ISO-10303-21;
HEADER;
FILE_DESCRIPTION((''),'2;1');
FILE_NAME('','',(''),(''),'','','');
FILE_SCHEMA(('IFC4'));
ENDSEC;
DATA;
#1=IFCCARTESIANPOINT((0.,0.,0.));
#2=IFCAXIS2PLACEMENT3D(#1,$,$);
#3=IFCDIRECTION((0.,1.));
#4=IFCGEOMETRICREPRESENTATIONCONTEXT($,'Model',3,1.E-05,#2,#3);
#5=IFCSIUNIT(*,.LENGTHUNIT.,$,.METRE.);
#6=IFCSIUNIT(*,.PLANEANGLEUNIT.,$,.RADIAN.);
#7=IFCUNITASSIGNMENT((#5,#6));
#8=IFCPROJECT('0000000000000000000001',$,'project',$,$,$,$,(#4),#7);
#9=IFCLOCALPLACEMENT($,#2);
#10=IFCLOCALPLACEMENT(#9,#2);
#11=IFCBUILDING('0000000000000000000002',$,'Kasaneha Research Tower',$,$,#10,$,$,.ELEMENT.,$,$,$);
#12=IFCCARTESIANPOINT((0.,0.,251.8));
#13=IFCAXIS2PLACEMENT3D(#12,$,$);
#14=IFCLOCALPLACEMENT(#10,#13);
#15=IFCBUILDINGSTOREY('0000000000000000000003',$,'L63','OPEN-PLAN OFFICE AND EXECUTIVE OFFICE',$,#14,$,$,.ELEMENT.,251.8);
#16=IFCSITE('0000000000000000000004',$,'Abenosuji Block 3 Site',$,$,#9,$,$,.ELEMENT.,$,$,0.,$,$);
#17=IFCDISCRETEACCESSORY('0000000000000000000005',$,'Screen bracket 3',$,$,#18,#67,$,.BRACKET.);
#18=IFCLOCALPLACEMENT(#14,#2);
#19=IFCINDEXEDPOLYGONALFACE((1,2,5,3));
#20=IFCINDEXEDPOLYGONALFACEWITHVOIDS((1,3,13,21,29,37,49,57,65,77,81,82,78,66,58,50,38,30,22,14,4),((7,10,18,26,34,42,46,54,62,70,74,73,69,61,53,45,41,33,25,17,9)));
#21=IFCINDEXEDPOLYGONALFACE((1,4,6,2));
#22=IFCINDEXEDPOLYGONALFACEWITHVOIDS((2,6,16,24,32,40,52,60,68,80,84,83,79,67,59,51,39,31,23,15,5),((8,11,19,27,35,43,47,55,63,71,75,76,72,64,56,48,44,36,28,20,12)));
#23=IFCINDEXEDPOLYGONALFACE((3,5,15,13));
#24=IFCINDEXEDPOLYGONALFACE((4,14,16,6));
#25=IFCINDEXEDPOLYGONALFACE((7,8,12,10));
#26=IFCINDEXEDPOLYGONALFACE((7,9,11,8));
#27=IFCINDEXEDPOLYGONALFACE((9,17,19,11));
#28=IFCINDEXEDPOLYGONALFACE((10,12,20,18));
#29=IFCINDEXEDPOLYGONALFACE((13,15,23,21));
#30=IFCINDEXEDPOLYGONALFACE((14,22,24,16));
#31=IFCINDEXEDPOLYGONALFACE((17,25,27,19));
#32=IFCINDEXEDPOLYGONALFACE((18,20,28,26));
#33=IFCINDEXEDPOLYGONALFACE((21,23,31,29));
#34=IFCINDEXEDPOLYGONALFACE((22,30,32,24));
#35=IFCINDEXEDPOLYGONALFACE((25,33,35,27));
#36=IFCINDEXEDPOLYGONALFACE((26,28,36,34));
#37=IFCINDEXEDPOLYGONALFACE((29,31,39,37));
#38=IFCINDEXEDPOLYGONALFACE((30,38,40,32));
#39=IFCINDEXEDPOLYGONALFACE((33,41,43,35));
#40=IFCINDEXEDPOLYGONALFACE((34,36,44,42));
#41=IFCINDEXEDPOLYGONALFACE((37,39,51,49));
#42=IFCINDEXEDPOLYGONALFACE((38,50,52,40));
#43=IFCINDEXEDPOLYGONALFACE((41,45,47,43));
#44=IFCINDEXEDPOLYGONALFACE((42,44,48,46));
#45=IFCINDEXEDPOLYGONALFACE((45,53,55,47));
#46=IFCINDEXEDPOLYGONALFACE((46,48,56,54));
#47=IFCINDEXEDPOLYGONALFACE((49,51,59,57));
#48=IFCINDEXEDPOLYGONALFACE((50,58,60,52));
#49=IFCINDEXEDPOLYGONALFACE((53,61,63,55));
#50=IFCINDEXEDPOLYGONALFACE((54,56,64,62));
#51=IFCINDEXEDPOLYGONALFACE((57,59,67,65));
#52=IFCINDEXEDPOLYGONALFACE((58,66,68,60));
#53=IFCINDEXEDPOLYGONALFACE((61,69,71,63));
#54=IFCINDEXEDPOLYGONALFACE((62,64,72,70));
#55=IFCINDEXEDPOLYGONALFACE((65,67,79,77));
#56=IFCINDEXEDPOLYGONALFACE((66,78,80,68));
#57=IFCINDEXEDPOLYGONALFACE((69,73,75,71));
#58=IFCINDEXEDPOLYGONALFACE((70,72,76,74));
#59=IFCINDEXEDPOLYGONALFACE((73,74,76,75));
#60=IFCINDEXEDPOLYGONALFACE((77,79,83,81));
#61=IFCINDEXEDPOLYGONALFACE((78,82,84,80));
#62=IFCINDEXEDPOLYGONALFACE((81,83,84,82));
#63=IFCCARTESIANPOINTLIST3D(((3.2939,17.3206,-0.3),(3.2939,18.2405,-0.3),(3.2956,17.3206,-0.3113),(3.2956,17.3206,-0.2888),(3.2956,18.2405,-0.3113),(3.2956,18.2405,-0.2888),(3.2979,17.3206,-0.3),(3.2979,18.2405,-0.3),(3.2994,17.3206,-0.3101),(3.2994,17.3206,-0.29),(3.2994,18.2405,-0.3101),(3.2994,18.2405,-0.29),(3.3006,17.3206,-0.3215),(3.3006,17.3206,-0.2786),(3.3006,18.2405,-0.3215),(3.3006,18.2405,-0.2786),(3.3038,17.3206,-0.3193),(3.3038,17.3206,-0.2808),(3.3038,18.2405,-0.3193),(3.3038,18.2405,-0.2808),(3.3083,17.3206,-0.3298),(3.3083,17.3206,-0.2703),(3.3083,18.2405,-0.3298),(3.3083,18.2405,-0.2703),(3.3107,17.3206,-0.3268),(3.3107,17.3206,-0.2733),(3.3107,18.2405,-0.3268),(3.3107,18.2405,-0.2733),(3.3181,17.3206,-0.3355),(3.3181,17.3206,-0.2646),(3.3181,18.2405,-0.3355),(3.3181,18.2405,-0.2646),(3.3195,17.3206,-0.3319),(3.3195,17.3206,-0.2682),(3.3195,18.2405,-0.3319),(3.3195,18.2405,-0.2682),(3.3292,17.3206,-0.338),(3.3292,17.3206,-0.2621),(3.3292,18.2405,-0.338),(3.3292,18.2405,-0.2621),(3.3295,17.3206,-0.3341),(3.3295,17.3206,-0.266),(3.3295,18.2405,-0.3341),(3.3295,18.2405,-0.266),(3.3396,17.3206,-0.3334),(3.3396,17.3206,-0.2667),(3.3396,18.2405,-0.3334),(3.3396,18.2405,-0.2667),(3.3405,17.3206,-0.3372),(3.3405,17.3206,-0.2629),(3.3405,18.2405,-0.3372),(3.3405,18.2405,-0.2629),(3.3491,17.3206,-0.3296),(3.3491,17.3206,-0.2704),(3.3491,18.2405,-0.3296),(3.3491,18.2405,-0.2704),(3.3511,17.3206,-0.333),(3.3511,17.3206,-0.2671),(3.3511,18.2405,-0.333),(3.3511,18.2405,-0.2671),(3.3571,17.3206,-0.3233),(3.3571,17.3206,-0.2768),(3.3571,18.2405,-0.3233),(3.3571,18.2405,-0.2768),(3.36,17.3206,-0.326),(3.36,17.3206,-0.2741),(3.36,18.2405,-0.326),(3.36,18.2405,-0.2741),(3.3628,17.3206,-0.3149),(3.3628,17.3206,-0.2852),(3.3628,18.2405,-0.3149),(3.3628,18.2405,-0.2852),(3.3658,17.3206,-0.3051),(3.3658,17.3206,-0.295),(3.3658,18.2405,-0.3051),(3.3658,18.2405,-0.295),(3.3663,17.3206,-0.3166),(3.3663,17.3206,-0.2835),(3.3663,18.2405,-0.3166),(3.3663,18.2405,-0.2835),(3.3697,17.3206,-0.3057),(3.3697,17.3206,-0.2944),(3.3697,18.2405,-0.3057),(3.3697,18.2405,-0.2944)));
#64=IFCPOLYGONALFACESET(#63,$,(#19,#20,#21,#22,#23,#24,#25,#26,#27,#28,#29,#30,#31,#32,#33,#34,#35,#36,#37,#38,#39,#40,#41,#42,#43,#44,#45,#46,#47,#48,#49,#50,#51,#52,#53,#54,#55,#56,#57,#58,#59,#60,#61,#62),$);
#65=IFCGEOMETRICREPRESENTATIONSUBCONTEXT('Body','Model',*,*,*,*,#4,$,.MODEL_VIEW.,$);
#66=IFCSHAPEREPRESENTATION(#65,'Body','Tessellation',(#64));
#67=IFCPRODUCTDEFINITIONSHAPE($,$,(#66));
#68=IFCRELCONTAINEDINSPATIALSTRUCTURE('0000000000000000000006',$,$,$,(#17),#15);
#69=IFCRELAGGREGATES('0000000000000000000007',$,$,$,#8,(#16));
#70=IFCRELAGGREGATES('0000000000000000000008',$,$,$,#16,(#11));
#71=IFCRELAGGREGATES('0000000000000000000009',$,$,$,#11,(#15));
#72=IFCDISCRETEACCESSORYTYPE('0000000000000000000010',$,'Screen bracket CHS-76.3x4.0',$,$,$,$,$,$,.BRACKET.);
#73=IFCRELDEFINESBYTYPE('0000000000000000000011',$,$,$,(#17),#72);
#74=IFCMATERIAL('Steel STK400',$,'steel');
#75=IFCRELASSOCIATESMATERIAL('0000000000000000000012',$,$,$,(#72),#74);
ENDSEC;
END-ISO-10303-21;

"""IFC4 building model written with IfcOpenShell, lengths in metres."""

from ifc_helpers import new_model, si_unit, direction, frame, origin, origin_2d, place, context, subcontext, project, spatial, hollow_circle, extrude, material, material_profile, profile_set, type_object, element, save


model = new_model("IFC4")

# Units and contexts
model_context = context("Model", 3, precision=1e-05, world=origin(), true_north=direction((0.0, 1.0)))
body_context = subcontext(model_context, "Body", "Model", "MODEL_VIEW")
ifc_project = project(units=[si_unit("LENGTHUNIT", "METRE"), si_unit("PLANEANGLEUNIT", "RADIAN")], contexts=[model_context])

# Site, building, storey
site_placement = place(None, origin())
site = spatial("IfcSite", under=ifc_project, at=site_placement, Name="Abenosuji Block 3 Site", CompositionType="ELEMENT", RefElevation=0.0)
building_placement = place(site_placement, origin())
building = spatial("IfcBuilding", under=site, at=building_placement, Name="Kasaneha Research Tower", CompositionType="ELEMENT")
storey_placement = place(building_placement, frame((0.0, 0.0, 251.8)))
storey = spatial("IfcBuildingStorey", under=building, at=storey_placement, Name="L63", Description="OPEN-PLAN OFFICE AND EXECUTIVE OFFICE", CompositionType="ELEMENT", Elevation=251.8)

# Discrete accessory
ifc_material_1 = material(Name="Steel STK400", Category="steel")
ifc_material_profile_1 = material_profile(ifc_material_1, hollow_circle(Radius=0.0381, WallThickness=0.0039, at=origin_2d()), Name="CHS-76.3x4.0")
ifc_profile_set_1 = profile_set([ifc_material_profile_1], Name="Steel STK400")
discrete_accessory_type = type_object("IfcDiscreteAccessoryType", Name="Screen bracket CHS-76.3x4.0", PredefinedType="BRACKET", material=ifc_profile_set_1)
for number, where, z_axis, x_axis, name in (
    (1, (3.332, 17.3206, -0.3), (0.0, 1.0, 0.0), (-1.0, 0.0, 0.0), "Screen bracket 3"),
):
    element("IfcDiscreteAccessory", number, at=place(storey_placement, frame(where, z_axis=z_axis, x_axis=x_axis)), inside=storey, type_object=discrete_accessory_type, Name=name, PredefinedType="BRACKET", context=body_context, shape_type="SweptSolid", body=[
        extrude(hollow_circle(Radius=0.0381, WallThickness=0.0039, at=origin_2d()), origin(), (0.0, 0.0, 1.0), 0.9199),
    ])

save(model, "model.ifc")
